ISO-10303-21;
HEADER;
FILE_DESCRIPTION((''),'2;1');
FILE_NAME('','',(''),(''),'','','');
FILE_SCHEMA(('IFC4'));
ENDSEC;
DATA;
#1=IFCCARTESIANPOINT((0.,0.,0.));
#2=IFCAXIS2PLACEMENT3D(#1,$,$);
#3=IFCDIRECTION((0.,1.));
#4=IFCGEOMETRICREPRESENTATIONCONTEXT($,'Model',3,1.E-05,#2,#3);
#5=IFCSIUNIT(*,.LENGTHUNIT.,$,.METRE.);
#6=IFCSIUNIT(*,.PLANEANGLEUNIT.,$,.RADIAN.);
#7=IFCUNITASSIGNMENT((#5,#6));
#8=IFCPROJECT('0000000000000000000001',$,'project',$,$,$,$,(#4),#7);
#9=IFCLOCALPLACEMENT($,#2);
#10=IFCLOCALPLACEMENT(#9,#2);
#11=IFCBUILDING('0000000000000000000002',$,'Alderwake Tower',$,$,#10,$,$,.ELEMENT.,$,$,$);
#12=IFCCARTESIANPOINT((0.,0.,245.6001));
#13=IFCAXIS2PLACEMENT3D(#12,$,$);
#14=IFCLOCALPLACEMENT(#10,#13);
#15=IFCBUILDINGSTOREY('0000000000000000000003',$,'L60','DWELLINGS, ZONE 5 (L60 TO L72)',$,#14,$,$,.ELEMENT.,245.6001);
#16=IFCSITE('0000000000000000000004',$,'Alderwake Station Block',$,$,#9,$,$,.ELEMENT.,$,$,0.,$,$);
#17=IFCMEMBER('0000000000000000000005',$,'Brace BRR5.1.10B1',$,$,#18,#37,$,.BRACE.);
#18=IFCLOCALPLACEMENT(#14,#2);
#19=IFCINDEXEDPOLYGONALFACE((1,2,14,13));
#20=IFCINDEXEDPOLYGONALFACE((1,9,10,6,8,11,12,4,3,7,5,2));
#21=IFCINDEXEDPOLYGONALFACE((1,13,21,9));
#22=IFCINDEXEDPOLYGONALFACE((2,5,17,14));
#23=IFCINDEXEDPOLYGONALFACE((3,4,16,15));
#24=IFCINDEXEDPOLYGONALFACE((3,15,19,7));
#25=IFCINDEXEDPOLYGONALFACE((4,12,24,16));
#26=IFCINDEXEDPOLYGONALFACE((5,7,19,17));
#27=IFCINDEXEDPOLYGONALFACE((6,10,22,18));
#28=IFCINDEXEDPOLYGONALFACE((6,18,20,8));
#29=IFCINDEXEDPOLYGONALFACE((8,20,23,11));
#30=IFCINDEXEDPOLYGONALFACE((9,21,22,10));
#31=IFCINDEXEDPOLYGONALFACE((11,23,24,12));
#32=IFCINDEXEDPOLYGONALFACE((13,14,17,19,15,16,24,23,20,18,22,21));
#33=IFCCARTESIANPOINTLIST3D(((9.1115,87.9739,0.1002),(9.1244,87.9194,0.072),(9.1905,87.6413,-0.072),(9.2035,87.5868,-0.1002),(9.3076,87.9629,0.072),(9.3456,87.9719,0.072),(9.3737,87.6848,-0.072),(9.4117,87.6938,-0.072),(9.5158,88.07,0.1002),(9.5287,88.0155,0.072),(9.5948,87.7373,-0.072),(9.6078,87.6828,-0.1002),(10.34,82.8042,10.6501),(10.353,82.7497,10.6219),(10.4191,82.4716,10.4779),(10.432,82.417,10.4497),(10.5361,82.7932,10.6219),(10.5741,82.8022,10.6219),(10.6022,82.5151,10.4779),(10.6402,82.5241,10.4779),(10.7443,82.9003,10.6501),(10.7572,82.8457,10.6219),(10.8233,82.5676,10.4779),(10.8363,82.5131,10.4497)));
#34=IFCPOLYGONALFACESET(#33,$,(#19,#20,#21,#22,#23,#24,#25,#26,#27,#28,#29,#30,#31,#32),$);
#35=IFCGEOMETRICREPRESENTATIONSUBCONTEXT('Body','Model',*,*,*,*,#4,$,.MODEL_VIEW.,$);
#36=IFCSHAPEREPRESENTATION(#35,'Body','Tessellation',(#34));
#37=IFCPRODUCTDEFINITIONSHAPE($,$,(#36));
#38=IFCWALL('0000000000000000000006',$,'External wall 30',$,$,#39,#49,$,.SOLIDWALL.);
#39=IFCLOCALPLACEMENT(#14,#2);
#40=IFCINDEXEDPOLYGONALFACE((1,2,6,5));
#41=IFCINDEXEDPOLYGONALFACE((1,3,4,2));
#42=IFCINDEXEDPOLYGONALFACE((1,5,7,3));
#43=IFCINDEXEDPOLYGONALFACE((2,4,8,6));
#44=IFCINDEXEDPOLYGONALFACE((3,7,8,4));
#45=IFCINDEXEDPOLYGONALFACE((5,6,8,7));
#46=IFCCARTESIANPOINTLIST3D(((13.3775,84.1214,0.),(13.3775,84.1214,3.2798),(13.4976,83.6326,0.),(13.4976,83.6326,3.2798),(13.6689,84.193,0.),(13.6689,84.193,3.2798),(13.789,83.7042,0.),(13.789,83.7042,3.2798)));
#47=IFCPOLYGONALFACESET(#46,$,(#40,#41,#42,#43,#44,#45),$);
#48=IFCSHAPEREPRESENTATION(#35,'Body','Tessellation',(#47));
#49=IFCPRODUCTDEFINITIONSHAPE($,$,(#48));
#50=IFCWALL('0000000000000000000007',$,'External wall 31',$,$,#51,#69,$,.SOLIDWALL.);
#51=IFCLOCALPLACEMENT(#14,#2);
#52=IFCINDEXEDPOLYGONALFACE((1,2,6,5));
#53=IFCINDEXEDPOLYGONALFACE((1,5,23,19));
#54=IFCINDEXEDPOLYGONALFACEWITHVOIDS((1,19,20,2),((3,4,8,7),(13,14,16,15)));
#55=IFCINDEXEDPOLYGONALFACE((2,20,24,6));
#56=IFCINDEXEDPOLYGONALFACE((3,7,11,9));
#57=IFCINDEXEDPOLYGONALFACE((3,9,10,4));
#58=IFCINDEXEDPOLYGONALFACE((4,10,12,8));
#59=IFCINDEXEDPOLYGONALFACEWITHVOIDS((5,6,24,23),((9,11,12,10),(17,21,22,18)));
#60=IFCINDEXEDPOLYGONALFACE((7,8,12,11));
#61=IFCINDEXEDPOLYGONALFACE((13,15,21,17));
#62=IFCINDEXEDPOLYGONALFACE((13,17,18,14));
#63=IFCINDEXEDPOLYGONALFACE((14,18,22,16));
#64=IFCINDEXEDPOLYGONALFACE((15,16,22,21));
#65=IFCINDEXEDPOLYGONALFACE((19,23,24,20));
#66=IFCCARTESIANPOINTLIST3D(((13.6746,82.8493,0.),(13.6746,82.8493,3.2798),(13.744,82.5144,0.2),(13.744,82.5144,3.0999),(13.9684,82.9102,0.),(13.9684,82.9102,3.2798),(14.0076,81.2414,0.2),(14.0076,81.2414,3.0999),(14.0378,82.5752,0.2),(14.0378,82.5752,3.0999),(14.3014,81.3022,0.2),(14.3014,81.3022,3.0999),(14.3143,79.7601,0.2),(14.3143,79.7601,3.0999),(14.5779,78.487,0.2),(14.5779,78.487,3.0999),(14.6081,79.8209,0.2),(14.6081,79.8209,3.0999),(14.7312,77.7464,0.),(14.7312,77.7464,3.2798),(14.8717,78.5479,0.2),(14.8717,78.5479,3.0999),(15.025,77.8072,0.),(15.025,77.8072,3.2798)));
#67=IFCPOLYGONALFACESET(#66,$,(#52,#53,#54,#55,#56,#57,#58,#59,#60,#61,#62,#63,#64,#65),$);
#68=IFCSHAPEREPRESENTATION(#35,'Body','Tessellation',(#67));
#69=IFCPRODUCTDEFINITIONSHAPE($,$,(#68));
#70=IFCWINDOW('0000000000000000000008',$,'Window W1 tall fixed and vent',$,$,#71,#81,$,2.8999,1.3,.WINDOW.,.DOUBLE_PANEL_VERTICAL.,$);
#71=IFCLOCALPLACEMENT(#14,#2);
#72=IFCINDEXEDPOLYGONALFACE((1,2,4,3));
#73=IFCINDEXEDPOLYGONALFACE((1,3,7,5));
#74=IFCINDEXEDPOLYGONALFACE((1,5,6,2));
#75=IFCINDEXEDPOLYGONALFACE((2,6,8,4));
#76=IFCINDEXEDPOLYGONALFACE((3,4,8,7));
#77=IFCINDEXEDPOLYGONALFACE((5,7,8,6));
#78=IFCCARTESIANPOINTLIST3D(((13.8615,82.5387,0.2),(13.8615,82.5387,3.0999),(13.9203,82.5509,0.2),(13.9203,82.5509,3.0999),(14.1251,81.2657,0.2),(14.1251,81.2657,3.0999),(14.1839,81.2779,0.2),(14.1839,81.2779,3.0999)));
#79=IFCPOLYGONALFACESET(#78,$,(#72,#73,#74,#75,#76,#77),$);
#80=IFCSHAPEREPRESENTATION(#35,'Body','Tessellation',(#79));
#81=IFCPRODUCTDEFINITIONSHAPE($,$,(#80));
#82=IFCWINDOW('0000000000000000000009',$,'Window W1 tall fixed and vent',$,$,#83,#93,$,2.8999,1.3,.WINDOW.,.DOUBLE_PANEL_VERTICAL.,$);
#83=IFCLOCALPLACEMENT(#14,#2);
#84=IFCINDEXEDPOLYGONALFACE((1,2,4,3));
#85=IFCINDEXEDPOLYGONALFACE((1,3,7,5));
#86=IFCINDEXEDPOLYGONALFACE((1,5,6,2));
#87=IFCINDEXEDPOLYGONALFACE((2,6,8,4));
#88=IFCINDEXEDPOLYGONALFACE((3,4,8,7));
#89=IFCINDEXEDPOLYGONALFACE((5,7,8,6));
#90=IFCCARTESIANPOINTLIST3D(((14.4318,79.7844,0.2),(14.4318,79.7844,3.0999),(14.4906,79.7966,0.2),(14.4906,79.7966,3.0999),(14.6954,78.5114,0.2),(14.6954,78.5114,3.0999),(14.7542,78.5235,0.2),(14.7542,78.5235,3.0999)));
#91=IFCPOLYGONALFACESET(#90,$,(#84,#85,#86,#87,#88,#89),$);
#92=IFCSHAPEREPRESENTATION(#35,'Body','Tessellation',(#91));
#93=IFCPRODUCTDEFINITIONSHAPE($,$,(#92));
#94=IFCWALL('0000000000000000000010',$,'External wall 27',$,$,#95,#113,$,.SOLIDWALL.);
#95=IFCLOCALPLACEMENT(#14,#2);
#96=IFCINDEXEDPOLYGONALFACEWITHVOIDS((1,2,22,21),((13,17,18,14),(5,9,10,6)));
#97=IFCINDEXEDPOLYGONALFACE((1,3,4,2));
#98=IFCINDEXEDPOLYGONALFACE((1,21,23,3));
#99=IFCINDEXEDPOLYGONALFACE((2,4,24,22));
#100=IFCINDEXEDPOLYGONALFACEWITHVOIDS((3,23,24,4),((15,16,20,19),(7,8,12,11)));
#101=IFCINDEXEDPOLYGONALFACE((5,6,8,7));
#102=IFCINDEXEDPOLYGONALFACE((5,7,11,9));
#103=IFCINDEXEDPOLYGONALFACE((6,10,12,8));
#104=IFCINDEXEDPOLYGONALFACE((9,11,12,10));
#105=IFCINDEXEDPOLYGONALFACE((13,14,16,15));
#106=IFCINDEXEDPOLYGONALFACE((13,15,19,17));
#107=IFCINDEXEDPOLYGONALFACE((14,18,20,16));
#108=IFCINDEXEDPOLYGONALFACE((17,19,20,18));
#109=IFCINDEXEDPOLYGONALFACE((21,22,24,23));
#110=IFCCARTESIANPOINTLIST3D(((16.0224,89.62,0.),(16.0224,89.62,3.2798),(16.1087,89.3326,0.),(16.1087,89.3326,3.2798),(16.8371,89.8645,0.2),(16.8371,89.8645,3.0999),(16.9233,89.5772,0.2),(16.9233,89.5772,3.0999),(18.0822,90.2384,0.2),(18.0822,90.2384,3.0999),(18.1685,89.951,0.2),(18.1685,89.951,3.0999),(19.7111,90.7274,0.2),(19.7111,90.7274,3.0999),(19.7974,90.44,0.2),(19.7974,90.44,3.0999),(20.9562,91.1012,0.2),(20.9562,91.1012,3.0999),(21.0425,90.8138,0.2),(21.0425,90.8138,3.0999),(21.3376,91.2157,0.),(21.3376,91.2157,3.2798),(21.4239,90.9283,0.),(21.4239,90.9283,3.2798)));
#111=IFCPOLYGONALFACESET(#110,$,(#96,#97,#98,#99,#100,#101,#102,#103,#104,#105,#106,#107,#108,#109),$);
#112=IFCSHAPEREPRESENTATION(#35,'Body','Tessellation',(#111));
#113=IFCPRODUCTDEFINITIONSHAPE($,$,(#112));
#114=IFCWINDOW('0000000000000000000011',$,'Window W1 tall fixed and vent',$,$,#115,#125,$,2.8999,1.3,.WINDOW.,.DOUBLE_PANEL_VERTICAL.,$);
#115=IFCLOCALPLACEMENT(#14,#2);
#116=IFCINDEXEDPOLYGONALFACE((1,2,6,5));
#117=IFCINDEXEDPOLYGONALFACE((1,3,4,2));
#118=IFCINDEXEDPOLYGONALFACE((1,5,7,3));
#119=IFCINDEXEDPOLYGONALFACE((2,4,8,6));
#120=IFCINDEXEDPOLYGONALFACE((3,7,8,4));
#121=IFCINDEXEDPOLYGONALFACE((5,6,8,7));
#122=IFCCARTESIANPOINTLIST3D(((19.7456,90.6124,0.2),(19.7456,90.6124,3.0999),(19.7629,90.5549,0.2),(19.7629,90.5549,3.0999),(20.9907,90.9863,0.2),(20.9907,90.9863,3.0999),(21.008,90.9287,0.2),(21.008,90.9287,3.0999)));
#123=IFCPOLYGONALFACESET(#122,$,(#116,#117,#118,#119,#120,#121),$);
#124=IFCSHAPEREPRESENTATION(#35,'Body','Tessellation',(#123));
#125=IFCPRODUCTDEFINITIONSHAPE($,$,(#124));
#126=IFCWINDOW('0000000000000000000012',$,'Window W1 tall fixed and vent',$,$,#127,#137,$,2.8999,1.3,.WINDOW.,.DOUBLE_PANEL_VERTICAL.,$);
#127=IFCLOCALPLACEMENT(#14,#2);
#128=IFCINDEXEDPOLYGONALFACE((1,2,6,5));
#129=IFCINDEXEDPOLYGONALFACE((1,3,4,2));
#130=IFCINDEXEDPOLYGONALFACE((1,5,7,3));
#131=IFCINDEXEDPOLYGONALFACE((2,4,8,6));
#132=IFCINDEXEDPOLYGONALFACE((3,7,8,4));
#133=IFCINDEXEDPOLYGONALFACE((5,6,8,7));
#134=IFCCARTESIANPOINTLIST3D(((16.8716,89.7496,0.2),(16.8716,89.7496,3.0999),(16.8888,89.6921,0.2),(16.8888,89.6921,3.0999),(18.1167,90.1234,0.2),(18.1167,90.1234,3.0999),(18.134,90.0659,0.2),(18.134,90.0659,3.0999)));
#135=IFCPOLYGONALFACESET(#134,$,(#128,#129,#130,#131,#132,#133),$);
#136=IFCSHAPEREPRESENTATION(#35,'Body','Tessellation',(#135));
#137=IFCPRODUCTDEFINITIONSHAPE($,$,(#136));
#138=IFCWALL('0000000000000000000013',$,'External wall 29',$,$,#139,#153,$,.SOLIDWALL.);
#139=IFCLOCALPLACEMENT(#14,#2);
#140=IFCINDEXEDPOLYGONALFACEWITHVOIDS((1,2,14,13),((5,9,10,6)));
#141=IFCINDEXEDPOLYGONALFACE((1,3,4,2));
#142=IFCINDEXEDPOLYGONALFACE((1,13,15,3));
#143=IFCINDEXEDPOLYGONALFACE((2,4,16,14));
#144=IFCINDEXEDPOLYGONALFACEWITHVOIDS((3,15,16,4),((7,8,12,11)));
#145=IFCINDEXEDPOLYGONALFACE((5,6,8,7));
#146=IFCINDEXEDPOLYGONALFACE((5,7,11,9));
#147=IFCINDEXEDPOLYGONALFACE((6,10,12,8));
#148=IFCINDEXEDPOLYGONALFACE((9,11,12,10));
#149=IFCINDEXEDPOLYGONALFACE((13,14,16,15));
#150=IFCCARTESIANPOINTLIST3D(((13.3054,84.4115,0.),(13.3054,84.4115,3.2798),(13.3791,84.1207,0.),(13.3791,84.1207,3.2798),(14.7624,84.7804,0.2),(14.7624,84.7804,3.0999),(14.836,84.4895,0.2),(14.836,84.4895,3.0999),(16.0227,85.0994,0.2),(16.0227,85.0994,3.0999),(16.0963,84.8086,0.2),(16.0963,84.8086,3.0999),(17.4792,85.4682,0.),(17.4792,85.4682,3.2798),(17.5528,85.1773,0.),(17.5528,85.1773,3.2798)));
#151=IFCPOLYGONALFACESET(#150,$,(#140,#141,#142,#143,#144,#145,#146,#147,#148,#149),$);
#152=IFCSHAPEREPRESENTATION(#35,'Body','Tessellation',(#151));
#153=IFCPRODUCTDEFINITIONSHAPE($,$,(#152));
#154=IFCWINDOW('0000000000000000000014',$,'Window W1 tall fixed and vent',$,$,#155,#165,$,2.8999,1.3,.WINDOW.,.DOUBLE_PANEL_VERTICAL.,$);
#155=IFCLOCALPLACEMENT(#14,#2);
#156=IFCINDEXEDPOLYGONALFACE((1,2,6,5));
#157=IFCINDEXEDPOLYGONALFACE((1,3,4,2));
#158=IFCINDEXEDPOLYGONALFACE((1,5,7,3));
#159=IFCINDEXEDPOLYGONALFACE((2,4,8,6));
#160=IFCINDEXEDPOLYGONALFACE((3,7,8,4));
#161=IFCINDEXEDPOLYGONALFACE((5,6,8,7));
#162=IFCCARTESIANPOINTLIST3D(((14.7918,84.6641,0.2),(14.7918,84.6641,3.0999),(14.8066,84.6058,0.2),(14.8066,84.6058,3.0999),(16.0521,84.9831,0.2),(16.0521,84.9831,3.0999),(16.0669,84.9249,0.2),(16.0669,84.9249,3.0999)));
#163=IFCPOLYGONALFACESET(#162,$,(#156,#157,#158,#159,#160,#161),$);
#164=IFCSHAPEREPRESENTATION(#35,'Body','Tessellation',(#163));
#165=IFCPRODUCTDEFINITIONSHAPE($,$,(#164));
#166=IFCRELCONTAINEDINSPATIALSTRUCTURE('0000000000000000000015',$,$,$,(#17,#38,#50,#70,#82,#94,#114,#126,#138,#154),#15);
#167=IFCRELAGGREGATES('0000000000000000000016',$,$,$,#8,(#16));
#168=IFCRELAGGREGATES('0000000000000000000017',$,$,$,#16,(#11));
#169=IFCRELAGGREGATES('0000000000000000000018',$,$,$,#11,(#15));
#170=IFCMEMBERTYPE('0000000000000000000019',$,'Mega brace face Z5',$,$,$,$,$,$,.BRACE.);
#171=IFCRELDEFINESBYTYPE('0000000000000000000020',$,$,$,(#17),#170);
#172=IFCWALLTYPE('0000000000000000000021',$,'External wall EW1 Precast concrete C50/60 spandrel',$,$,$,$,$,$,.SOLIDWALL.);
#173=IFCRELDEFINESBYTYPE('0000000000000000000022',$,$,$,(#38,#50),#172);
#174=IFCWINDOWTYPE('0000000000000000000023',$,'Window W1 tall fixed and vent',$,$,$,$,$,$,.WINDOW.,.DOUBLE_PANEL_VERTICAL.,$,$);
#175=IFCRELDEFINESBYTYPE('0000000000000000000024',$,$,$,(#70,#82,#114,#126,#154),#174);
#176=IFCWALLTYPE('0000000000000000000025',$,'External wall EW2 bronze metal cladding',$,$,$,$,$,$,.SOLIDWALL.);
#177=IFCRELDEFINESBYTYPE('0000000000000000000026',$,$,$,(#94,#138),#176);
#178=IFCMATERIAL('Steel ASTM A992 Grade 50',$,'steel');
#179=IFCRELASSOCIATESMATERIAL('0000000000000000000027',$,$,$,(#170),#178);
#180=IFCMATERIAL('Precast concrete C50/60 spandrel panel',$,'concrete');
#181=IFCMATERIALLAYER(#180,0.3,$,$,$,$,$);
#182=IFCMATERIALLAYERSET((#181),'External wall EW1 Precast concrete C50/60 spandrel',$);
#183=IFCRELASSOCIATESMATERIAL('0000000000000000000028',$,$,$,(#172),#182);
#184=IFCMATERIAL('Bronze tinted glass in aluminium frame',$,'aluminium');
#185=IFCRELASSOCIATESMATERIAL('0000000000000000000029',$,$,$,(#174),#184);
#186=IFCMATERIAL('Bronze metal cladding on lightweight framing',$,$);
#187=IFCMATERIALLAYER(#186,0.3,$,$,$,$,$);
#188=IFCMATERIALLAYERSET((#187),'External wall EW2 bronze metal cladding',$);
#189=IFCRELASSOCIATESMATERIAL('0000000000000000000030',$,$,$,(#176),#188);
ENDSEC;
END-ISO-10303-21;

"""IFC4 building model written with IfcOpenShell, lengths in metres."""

from ifc_helpers import new_model, si_unit, direction, frame, frame_2d, origin, origin_2d, place, context, subcontext, project, spatial, rectangle, i_section, extrude, material, layer, layer_set, material_profile, profile_set, type_object, element, fill, save


model = new_model("IFC4")

# Units and contexts
model_context = context("Model", 3, precision=1e-05, world=origin(), true_north=direction((0.0, 1.0)))
body_context = subcontext(model_context, "Body", "Model", "MODEL_VIEW")
ifc_project = project(units=[si_unit("LENGTHUNIT", "METRE"), si_unit("PLANEANGLEUNIT", "RADIAN")], contexts=[model_context])

# Site, building, storey
site_placement = place(None, origin())
site = spatial("IfcSite", under=ifc_project, at=site_placement, Name="Alderwake Station Block", CompositionType="ELEMENT", RefElevation=0.0)
building_placement = place(site_placement, origin())
building = spatial("IfcBuilding", under=site, at=building_placement, Name="Alderwake Tower", CompositionType="ELEMENT")
storey_placement = place(building_placement, frame((0.0, 0.0, 245.6001)))
storey = spatial("IfcBuildingStorey", under=building, at=storey_placement, Name="L60", Description="DWELLINGS, ZONE 5 (L60 TO L72)", CompositionType="ELEMENT", Elevation=245.6001)

# Member
ifc_material_1 = material(Name="Steel ASTM A992 Grade 50", Category="steel")
ifc_material_profile_1 = material_profile(ifc_material_1, i_section(OverallWidth=0.4155, OverallDepth=0.4456, WebThickness=0.0391, FlangeThickness=0.0627, at=origin_2d()), Name="W14X342")
ifc_profile_set_1 = profile_set([ifc_material_profile_1], Name="Steel ASTM A992 Grade 50")
member_type_1 = type_object("IfcMemberType", Name="Mega brace face Z5", PredefinedType="BRACE", material=ifc_profile_set_1)
member_1_placement = place(storey_placement, frame((9.3596, 87.8284, 0.0), z_axis=(0.104002, -0.437648, 0.893111), x_axis=(0.972906, 0.2312, 0.0)))
element("IfcMember", 1, at=member_1_placement, inside=storey, type_object=member_type_1, Name="Brace BRR5.1.10B1", PredefinedType="BRACE", context=body_context, shape_type="SweptSolid", body=[
    extrude(i_section(OverallWidth=0.4155, OverallDepth=0.4456, WebThickness=0.0391, FlangeThickness=0.0627, at=origin_2d()), origin(), (0.0, 0.0, 1.0), 11.8125),
])

# Wall
ifc_material_2 = material(Name="Precast concrete C50/60 spandrel panel", Category="concrete")
ifc_layer_1 = layer(ifc_material_2, 0.3)
ifc_layer_set_1 = layer_set([ifc_layer_1], Name="External wall EW1 Precast concrete C50/60 spandrel")
wall_type_1 = type_object("IfcWallType", Name="External wall EW1 Precast concrete C50/60 spandrel", PredefinedType="SOLIDWALL", material=ifc_layer_set_1)
wall_1_placement = place(storey_placement, frame((13.5232, 84.1572, 0.0), z_axis=(0.0, 0.0, 1.0), x_axis=(0.238653, -0.971105, 0.0)))
element("IfcWall", 2, at=wall_1_placement, inside=storey, type_object=wall_type_1, Name="External wall 30", PredefinedType="SOLIDWALL", context=body_context, shape_type="SweptSolid", body=[
    extrude(rectangle(XDim=0.5034, YDim=0.3, at=frame_2d((0.2517, 0.0))), origin(), (0.0, 0.0, 1.0), 3.2798),
])

# Walls, openings, windows
wall_2_placement = place(storey_placement, frame((13.8215, 82.8796, 0.0), z_axis=(0.0, 0.0, 1.0), x_axis=(0.202761, -0.979228, 0.0)))
wall_2 = element("IfcWall", 3, at=wall_2_placement, inside=storey, type_object=wall_type_1, Name="External wall 31", PredefinedType="SOLIDWALL", context=body_context, shape_type="SweptSolid", body=[
    extrude(rectangle(XDim=5.2112, YDim=0.3, at=frame_2d((2.6055, 0.0))), origin(), (0.0, 0.0, 1.0), 3.2798),
])
opening_1_placement = place(wall_2_placement, frame((0.342, 0.0, 0.2)))
opening_1 = element("IfcOpeningElement", 4, at=opening_1_placement, cuts=wall_2, PredefinedType="OPENING", context=body_context, shape_type="SweptSolid", body=[
    extrude(rectangle(XDim=1.3, YDim=2.8999, at=frame_2d((0.6499, 1.45))), frame((0.0, 0.1599, 0.0), z_axis=(0.0, -1.0, 0.0), x_axis=(1.0, 0.0, 0.0)), (0.0, 0.0, 1.0), 0.3201),
])
opening_2_placement = place(wall_2_placement, frame((3.1548, 0.0, 0.2)))
opening_2 = element("IfcOpeningElement", 5, at=opening_2_placement, cuts=wall_2, PredefinedType="OPENING", context=body_context, shape_type="SweptSolid", body=[
    extrude(rectangle(XDim=1.3, YDim=2.8999, at=frame_2d((0.6499, 1.45))), frame((0.0, 0.1599, 0.0), z_axis=(0.0, -1.0, 0.0), x_axis=(1.0, 0.0, 0.0)), (0.0, 0.0, 1.0), 0.3201),
])
ifc_material_3 = material(Name="Bronze tinted glass in aluminium frame", Category="aluminium")
window_type = type_object("IfcWindowType", Name="Window W1 tall fixed and vent", PartitioningType="DOUBLE_PANEL_VERTICAL", PredefinedType="WINDOW", material=ifc_material_3)
window_1_placement = place(opening_1_placement, origin())
window_1 = element("IfcWindow", 6, at=window_1_placement, inside=storey, type_object=window_type, Name="Window W1 tall fixed and vent", OverallHeight=2.8999, OverallWidth=1.3, PartitioningType="DOUBLE_PANEL_VERTICAL", PredefinedType="WINDOW", context=body_context, shape_type="SweptSolid", body=[
    extrude(rectangle(XDim=1.3, YDim=2.8999, at=frame_2d((0.6499, 1.45))), frame((0.0, 0.03, 0.0), z_axis=(0.0, -1.0, 0.0), x_axis=(1.0, 0.0, 0.0)), (0.0, 0.0, 1.0), 0.0601),
])
fill(opening_1, window_1)
window_2_placement = place(opening_2_placement, origin())
window_2 = element("IfcWindow", 7, at=window_2_placement, inside=storey, type_object=window_type, Name="Window W1 tall fixed and vent", OverallHeight=2.8999, OverallWidth=1.3, PartitioningType="DOUBLE_PANEL_VERTICAL", PredefinedType="WINDOW", context=body_context, shape_type="SweptSolid", body=[
    extrude(rectangle(XDim=1.3, YDim=2.8999, at=frame_2d((0.6499, 1.45))), frame((0.0, 0.03, 0.0), z_axis=(0.0, -1.0, 0.0), x_axis=(1.0, 0.0, 0.0)), (0.0, 0.0, 1.0), 0.0601),
])
fill(opening_2, window_2)
ifc_material_4 = material(Name="Bronze metal cladding on lightweight framing")
ifc_layer_2 = layer(ifc_material_4, 0.3)
ifc_layer_set_2 = layer_set([ifc_layer_2], Name="External wall EW2 bronze metal cladding")
wall_type_2 = type_object("IfcWallType", Name="External wall EW2 bronze metal cladding", PredefinedType="SOLIDWALL", material=ifc_layer_set_2)
wall_3_placement = place(storey_placement, frame((21.3809, 91.072, 0.0), z_axis=(0.0, 0.0, 1.0), x_axis=(-0.957769, -0.287538, 0.0)))
wall_3 = element("IfcWall", 8, at=wall_3_placement, inside=storey, type_object=wall_type_2, Name="External wall 27", PredefinedType="SOLIDWALL", context=body_context, shape_type="SweptSolid", body=[
    extrude(rectangle(XDim=5.5496, YDim=0.3, at=frame_2d((2.7749, 0.0))), origin(), (0.0, 0.0, 1.0), 3.2798),
])
opening_3_placement = place(wall_3_placement, frame((0.3984, 0.0, 0.2)))
opening_3 = element("IfcOpeningElement", 9, at=opening_3_placement, cuts=wall_3, PredefinedType="OPENING", context=body_context, shape_type="SweptSolid", body=[
    extrude(rectangle(XDim=1.3, YDim=2.8999, at=frame_2d((0.6499, 1.45))), frame((0.0, 0.1599, 0.0), z_axis=(0.0, -1.0, 0.0), x_axis=(1.0, 0.0, 0.0)), (0.0, 0.0, 1.0), 0.3201),
])
opening_4_placement = place(wall_3_placement, frame((3.3992, 0.0, 0.2)))
opening_4 = element("IfcOpeningElement", 10, at=opening_4_placement, cuts=wall_3, PredefinedType="OPENING", context=body_context, shape_type="SweptSolid", body=[
    extrude(rectangle(XDim=1.3, YDim=2.8999, at=frame_2d((0.6499, 1.45))), frame((0.0, 0.1599, 0.0), z_axis=(0.0, -1.0, 0.0), x_axis=(1.0, 0.0, 0.0)), (0.0, 0.0, 1.0), 0.3201),
])
window_3_placement = place(opening_3_placement, origin())
window_3 = element("IfcWindow", 11, at=window_3_placement, inside=storey, type_object=window_type, Name="Window W1 tall fixed and vent", OverallHeight=2.8999, OverallWidth=1.3, PartitioningType="DOUBLE_PANEL_VERTICAL", PredefinedType="WINDOW", context=body_context, shape_type="SweptSolid", body=[
    extrude(rectangle(XDim=1.3, YDim=2.8999, at=frame_2d((0.6499, 1.45))), frame((0.0, 0.03, 0.0), z_axis=(0.0, -1.0, 0.0), x_axis=(1.0, 0.0, 0.0)), (0.0, 0.0, 1.0), 0.0601),
])
fill(opening_3, window_3)
window_4_placement = place(opening_4_placement, origin())
window_4 = element("IfcWindow", 12, at=window_4_placement, inside=storey, type_object=window_type, Name="Window W1 tall fixed and vent", OverallHeight=2.8999, OverallWidth=1.3, PartitioningType="DOUBLE_PANEL_VERTICAL", PredefinedType="WINDOW", context=body_context, shape_type="SweptSolid", body=[
    extrude(rectangle(XDim=1.3, YDim=2.8999, at=frame_2d((0.6499, 1.45))), frame((0.0, 0.03, 0.0), z_axis=(0.0, -1.0, 0.0), x_axis=(1.0, 0.0, 0.0)), (0.0, 0.0, 1.0), 0.0601),
])
fill(opening_4, window_4)

# Wall, opening, window
wall_4_placement = place(storey_placement, frame((17.5161, 85.3228, 0.0), z_axis=(0.0, 0.0, 1.0), x_axis=(-0.969418, -0.245416, 0.0)))
wall_4 = element("IfcWall", 13, at=wall_4_placement, inside=storey, type_object=wall_type_2, Name="External wall 29", PredefinedType="SOLIDWALL", context=body_context, shape_type="SweptSolid", body=[
    extrude(rectangle(XDim=4.3054, YDim=0.3, at=frame_2d((2.1528, 0.0))), origin(), (0.0, 0.0, 1.0), 3.2798),
])
opening_5_placement = place(wall_4_placement, frame((1.5027, 0.0, 0.2)))
opening_5 = element("IfcOpeningElement", 14, at=opening_5_placement, cuts=wall_4, PredefinedType="OPENING", context=body_context, shape_type="SweptSolid", body=[
    extrude(rectangle(XDim=1.3, YDim=2.8999, at=frame_2d((0.6499, 1.45))), frame((0.0, 0.1599, 0.0), z_axis=(0.0, -1.0, 0.0), x_axis=(1.0, 0.0, 0.0)), (0.0, 0.0, 1.0), 0.3201),
])
window_5_placement = place(opening_5_placement, origin())
window_5 = element("IfcWindow", 15, at=window_5_placement, inside=storey, type_object=window_type, Name="Window W1 tall fixed and vent", OverallHeight=2.8999, OverallWidth=1.3, PartitioningType="DOUBLE_PANEL_VERTICAL", PredefinedType="WINDOW", context=body_context, shape_type="SweptSolid", body=[
    extrude(rectangle(XDim=1.3, YDim=2.8999, at=frame_2d((0.6499, 1.45))), frame((0.0, 0.03, 0.0), z_axis=(0.0, -1.0, 0.0), x_axis=(1.0, 0.0, 0.0)), (0.0, 0.0, 1.0), 0.0601),
])
fill(opening_5, window_5)

save(model, "model.ifc")
